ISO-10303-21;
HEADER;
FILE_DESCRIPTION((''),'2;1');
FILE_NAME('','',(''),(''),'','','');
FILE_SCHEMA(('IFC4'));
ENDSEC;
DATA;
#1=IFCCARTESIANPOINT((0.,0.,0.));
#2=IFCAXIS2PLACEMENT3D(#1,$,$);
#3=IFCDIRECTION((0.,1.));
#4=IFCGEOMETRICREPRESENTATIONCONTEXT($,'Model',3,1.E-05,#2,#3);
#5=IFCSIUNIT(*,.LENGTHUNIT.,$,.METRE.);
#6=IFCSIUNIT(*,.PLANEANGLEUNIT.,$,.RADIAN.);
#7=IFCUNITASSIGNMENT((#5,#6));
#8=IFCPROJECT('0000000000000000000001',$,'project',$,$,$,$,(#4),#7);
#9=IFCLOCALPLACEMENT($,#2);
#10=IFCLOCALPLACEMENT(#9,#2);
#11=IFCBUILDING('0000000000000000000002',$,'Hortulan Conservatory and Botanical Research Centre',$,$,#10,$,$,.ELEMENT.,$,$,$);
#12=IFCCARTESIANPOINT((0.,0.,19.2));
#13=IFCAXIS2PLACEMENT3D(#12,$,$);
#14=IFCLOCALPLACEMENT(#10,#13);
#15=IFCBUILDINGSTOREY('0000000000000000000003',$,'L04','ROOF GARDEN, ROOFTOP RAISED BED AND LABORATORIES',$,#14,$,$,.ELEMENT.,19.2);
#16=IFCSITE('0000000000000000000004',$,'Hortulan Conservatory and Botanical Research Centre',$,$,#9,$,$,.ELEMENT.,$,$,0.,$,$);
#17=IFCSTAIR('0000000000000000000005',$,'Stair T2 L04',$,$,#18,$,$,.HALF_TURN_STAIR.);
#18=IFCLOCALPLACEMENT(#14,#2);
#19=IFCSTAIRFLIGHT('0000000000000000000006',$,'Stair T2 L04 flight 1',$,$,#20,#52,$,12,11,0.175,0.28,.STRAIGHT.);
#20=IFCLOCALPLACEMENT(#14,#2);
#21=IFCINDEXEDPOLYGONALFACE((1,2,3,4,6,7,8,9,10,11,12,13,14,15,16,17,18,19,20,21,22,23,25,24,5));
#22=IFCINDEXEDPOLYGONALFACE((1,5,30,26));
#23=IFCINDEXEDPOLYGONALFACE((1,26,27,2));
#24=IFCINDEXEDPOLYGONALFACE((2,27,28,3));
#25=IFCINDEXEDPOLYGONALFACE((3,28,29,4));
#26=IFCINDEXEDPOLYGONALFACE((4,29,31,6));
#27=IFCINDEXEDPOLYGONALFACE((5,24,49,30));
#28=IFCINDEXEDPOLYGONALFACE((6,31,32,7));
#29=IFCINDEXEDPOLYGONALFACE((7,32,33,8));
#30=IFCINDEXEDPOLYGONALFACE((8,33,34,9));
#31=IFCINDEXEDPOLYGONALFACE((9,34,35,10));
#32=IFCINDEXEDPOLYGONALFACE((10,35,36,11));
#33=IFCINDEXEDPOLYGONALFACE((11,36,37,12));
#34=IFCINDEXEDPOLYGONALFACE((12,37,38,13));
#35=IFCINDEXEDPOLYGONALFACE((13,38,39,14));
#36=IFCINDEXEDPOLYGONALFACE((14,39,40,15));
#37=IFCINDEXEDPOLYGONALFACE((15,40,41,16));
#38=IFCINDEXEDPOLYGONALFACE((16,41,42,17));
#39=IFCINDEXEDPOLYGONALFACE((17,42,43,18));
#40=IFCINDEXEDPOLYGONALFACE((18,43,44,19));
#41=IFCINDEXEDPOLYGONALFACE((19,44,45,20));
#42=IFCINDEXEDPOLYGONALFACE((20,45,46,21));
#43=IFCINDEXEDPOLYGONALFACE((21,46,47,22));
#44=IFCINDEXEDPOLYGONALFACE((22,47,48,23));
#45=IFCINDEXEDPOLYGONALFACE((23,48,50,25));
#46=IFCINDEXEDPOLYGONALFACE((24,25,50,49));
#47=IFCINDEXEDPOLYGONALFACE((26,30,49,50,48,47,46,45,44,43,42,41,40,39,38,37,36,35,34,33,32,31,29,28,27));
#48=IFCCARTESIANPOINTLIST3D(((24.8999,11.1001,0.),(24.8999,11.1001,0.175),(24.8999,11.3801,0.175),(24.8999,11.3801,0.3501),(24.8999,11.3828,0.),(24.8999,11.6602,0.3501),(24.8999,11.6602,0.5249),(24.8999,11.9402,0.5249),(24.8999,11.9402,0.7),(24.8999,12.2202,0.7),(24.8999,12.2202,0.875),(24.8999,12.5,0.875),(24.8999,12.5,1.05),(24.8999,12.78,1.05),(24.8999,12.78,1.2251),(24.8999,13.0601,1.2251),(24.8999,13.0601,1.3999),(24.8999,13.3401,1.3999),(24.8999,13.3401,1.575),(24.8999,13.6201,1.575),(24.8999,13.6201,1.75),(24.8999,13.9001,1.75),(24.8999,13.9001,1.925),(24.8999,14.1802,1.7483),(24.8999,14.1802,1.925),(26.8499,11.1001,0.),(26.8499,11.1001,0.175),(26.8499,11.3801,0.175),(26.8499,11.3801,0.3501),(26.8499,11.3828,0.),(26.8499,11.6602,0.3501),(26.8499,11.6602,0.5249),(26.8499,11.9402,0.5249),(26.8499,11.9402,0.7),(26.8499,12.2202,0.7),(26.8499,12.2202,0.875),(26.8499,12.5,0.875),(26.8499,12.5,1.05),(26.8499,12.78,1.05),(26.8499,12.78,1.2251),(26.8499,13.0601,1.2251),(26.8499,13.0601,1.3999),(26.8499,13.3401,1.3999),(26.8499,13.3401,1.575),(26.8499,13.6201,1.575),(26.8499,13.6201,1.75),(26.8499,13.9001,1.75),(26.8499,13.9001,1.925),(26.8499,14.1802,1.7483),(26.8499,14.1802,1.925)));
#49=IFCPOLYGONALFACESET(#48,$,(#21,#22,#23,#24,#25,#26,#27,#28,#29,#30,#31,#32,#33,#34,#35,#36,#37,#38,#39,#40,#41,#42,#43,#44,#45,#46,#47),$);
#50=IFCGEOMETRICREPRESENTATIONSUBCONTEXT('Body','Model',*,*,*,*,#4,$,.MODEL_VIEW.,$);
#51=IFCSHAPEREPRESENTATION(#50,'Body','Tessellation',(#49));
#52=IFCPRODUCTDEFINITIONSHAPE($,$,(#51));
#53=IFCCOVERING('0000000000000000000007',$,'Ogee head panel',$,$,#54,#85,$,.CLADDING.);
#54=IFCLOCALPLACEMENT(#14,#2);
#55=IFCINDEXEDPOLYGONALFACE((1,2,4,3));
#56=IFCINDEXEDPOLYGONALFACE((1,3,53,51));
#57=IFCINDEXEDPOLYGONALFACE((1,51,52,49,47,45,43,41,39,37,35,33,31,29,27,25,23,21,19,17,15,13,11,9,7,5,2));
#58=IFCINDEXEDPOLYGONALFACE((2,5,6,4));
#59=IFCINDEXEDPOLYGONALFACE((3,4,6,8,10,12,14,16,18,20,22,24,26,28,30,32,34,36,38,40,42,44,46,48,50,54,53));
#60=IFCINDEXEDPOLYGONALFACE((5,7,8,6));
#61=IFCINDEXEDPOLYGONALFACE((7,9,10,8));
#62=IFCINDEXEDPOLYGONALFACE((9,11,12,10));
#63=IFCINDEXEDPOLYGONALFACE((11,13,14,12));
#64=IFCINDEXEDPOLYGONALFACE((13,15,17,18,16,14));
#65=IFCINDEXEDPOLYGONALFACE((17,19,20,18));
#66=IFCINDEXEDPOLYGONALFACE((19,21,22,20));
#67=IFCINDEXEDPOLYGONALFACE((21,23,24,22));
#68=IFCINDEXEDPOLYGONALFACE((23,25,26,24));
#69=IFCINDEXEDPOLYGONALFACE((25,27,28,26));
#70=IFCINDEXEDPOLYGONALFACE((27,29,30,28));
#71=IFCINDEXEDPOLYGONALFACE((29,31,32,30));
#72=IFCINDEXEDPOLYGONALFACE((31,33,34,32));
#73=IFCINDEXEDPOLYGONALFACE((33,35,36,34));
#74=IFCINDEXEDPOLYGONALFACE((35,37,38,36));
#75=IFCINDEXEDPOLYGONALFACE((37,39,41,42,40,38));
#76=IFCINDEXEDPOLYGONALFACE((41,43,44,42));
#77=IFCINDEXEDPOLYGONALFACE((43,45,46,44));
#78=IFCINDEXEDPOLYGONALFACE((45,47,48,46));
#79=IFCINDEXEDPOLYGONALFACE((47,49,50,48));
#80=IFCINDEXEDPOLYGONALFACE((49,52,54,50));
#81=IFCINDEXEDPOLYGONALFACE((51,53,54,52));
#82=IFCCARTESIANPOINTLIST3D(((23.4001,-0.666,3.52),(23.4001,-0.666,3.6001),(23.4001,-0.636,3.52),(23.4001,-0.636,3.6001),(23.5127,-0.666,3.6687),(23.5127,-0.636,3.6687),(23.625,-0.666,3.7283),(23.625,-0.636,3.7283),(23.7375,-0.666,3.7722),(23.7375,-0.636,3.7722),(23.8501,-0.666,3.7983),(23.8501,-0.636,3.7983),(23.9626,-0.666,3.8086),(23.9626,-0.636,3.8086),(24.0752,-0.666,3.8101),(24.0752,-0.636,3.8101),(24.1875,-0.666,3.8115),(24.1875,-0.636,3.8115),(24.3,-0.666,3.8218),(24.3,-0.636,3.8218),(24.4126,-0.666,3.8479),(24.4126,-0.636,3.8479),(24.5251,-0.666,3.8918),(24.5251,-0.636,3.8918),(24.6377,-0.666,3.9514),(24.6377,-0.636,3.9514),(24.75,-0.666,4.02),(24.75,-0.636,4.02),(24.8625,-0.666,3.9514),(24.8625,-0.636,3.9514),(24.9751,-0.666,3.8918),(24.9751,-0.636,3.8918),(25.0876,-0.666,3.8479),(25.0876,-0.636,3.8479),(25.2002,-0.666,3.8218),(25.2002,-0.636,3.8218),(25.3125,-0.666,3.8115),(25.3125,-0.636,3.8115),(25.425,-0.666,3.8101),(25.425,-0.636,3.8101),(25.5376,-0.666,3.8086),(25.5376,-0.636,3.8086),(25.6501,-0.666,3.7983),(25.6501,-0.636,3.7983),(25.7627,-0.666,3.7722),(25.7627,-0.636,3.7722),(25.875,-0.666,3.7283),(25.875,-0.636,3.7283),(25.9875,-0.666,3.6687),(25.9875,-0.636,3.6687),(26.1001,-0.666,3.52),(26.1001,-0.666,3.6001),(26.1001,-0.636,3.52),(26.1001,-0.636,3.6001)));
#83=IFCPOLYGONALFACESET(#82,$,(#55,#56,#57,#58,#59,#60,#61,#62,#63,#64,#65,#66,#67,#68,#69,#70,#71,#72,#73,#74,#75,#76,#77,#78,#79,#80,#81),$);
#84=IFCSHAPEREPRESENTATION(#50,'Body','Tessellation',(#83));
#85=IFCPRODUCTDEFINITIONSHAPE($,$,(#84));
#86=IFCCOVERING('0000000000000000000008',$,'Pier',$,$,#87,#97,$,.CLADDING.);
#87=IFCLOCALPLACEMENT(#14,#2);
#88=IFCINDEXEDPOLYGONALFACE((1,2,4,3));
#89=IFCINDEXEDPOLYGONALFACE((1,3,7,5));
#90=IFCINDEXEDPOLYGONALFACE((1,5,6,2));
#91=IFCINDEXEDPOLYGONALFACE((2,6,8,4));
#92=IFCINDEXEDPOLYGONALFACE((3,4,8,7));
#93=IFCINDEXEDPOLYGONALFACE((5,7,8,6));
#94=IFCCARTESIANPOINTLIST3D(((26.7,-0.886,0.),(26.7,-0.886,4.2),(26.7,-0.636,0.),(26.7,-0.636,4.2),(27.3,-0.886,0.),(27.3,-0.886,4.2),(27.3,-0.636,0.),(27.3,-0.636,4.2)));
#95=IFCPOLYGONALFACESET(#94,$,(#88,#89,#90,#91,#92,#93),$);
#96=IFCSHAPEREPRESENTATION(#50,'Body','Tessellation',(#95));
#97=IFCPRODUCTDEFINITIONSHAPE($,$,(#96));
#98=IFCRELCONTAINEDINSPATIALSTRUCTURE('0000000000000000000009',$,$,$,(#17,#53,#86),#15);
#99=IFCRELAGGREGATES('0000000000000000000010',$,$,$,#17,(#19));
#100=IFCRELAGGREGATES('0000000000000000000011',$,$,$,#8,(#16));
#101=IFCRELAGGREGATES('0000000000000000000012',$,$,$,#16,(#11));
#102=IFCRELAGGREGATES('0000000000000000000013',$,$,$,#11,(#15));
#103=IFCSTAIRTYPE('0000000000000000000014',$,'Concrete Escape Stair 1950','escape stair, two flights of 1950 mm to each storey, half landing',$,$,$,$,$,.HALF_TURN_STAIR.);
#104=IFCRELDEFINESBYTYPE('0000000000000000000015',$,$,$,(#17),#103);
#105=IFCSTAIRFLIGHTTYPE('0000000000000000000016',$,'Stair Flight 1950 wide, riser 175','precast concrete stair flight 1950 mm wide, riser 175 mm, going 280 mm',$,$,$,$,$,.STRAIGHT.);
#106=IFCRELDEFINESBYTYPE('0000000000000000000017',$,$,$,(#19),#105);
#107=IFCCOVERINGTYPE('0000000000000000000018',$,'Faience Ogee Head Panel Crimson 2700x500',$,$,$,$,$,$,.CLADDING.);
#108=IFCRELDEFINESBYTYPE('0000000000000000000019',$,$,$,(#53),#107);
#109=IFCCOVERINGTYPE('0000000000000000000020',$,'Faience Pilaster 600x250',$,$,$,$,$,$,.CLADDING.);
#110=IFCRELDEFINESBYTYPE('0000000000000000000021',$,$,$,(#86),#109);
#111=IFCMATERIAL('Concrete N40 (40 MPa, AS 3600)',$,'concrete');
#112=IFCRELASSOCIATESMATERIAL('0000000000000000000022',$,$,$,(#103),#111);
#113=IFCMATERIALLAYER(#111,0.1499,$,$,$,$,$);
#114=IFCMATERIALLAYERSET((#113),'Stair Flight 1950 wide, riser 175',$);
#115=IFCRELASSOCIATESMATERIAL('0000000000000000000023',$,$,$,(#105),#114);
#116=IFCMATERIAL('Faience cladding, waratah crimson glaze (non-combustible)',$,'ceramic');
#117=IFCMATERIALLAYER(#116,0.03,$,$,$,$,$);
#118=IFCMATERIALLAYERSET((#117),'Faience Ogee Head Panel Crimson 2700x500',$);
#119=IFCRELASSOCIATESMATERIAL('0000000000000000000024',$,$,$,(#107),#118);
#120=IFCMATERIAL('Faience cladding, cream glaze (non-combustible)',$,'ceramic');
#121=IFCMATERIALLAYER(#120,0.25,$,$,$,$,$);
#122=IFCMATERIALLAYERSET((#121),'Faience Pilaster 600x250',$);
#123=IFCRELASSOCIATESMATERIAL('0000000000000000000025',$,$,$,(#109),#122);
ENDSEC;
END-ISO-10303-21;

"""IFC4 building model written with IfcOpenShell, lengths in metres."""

from ifc_helpers import new_model, si_unit, direction, frame, origin, origin_2d, place, context, subcontext, project, spatial, polyline, rectangle, outline, extrude, material, layer, layer_set, type_object, element, aggregate, save


model = new_model("IFC4")

# Units and contexts
model_context = context("Model", 3, precision=1e-05, world=origin(), true_north=direction((0.0, 1.0)))
body_context = subcontext(model_context, "Body", "Model", "MODEL_VIEW")
ifc_project = project(units=[si_unit("LENGTHUNIT", "METRE"), si_unit("PLANEANGLEUNIT", "RADIAN")], contexts=[model_context])

# Site, building, storey
site_placement = place(None, origin())
site = spatial("IfcSite", under=ifc_project, at=site_placement, Name="Hortulan Conservatory and Botanical Research Centre", CompositionType="ELEMENT", RefElevation=0.0)
building_placement = place(site_placement, origin())
building = spatial("IfcBuilding", under=site, at=building_placement, Name="Hortulan Conservatory and Botanical Research Centre", CompositionType="ELEMENT")
storey_placement = place(building_placement, frame((0.0, 0.0, 19.2)))
storey = spatial("IfcBuildingStorey", under=building, at=storey_placement, Name="L04", Description="ROOF GARDEN, ROOFTOP RAISED BED AND LABORATORIES", CompositionType="ELEMENT", Elevation=19.2)

# Stair, stair flight
ifc_material_1 = material(Name="Concrete N40 (40 MPa, AS 3600)", Category="concrete")
stair_type = type_object("IfcStairType", Name="Concrete Escape Stair 1950", Description="escape stair, two flights of 1950 mm to each storey, half landing", PredefinedType="HALF_TURN_STAIR", material=ifc_material_1)
stair_placement = place(storey_placement, origin())
stair = element("IfcStair", 1, at=stair_placement, inside=storey, type_object=stair_type, Name="Stair T2 L04", PredefinedType="HALF_TURN_STAIR")
ifc_layer_1 = layer(ifc_material_1, 0.1499)
ifc_layer_set_1 = layer_set([ifc_layer_1], Name="Stair Flight 1950 wide, riser 175")
stair_flight_type = type_object("IfcStairFlightType", Name="Stair Flight 1950 wide, riser 175", Description="precast concrete stair flight 1950 mm wide, riser 175 mm, going 280 mm", PredefinedType="STRAIGHT", material=ifc_layer_set_1)
stair_flight_placement = place(storey_placement, frame((25.875, 11.1001, 0.0), z_axis=(0.0, 0.0, 1.0), x_axis=(0.0, 1.0, 0.0)))
stair_flight = element("IfcStairFlight", 2, at=stair_flight_placement, type_object=stair_flight_type, Name="Stair T2 L04 flight 1", NumberOfRisers=12, NumberOfTreads=11, PredefinedType="STRAIGHT", RiserHeight=0.175, TreadLength=0.28, context=body_context, shape_type="SweptSolid", body=[
    extrude(outline(polyline([(0.0, 0.0), (0.0, 0.175), (0.28, 0.175), (0.28, 0.3501), (0.5601, 0.3501), (0.5601, 0.5249), (0.8401, 0.5249), (0.8401, 0.7), (1.1201, 0.7), (1.1201, 0.875), (1.3999, 0.875), (1.3999, 1.05), (1.6799, 1.05), (1.6799, 1.2251), (1.96, 1.2251), (1.96, 1.3999), (2.24, 1.3999), (2.24, 1.575), (2.52, 1.575), (2.52, 1.75), (2.8, 1.75), (2.8, 1.925), (3.0801, 1.925), (3.0801, 2.1001), (3.0801, 1.7483), (0.2827, 0.0), (0.0, 0.0)])), frame((0.0, 0.9751, 0.0), z_axis=(0.0, -1.0, 0.0), x_axis=(1.0, 0.0, 0.0)), (0.0, 0.0, 1.0), 1.95),
])
aggregate(stair, [stair_flight])

# Coverings
ifc_material_2 = material(Name="Faience cladding, waratah crimson glaze (non-combustible)", Category="ceramic")
ifc_layer_2 = layer(ifc_material_2, 0.03)
ifc_layer_set_2 = layer_set([ifc_layer_2], Name="Faience Ogee Head Panel Crimson 2700x500")
covering_type_1 = type_object("IfcCoveringType", Name="Faience Ogee Head Panel Crimson 2700x500", PredefinedType="CLADDING", material=ifc_layer_set_2)
covering_1_placement = place(storey_placement, frame((26.1001, -0.6509, 3.52), z_axis=(0.0, 0.0, 1.0), x_axis=(-1.0, 0.0, 0.0)))
element("IfcCovering", 3, at=covering_1_placement, inside=storey, type_object=covering_type_1, Name="Ogee head panel", PredefinedType="CLADDING", context=body_context, shape_type="SweptSolid", body=[
    extrude(outline(polyline([(0.0, 0.0), (2.7, 0.0), (2.7, 0.0801), (2.5874, 0.1487), (2.4751, 0.2083), (2.3625, 0.2522), (2.25, 0.2783), (2.1375, 0.2886), (2.0249, 0.29), (1.9126, 0.2915), (1.8, 0.3018), (1.6875, 0.3279), (1.575, 0.3718), (1.4624, 0.4314), (1.3501, 0.5), (1.2375, 0.4314), (1.125, 0.3718), (1.0125, 0.3279), (0.8999, 0.3018), (0.7876, 0.2915), (0.675, 0.29), (0.5625, 0.2886), (0.45, 0.2783), (0.3374, 0.2522), (0.2251, 0.2083), (0.1125, 0.1487), (0.0, 0.0801), (0.0, 0.0)])), frame((0.0, 0.0151, 0.0), z_axis=(0.0, -1.0, 0.0), x_axis=(1.0, 0.0, 0.0)), (0.0, 0.0, 1.0), 0.03),
])
ifc_material_3 = material(Name="Faience cladding, cream glaze (non-combustible)", Category="ceramic")
ifc_layer_3 = layer(ifc_material_3, 0.25)
ifc_layer_set_3 = layer_set([ifc_layer_3], Name="Faience Pilaster 600x250")
covering_type_2 = type_object("IfcCoveringType", Name="Faience Pilaster 600x250", PredefinedType="CLADDING", material=ifc_layer_set_3)
covering_2_placement = place(storey_placement, frame((27.0, -0.761, 0.0), z_axis=(0.0, 0.0, 1.0), x_axis=(-1.0, 0.0, 0.0)))
element("IfcCovering", 4, at=covering_2_placement, inside=storey, type_object=covering_type_2, Name="Pier", PredefinedType="CLADDING", context=body_context, shape_type="SweptSolid", body=[
    extrude(rectangle(XDim=0.6001, YDim=0.25, at=origin_2d()), origin(), (0.0, 0.0, 1.0), 4.2),
])

save(model, "model.ifc")
